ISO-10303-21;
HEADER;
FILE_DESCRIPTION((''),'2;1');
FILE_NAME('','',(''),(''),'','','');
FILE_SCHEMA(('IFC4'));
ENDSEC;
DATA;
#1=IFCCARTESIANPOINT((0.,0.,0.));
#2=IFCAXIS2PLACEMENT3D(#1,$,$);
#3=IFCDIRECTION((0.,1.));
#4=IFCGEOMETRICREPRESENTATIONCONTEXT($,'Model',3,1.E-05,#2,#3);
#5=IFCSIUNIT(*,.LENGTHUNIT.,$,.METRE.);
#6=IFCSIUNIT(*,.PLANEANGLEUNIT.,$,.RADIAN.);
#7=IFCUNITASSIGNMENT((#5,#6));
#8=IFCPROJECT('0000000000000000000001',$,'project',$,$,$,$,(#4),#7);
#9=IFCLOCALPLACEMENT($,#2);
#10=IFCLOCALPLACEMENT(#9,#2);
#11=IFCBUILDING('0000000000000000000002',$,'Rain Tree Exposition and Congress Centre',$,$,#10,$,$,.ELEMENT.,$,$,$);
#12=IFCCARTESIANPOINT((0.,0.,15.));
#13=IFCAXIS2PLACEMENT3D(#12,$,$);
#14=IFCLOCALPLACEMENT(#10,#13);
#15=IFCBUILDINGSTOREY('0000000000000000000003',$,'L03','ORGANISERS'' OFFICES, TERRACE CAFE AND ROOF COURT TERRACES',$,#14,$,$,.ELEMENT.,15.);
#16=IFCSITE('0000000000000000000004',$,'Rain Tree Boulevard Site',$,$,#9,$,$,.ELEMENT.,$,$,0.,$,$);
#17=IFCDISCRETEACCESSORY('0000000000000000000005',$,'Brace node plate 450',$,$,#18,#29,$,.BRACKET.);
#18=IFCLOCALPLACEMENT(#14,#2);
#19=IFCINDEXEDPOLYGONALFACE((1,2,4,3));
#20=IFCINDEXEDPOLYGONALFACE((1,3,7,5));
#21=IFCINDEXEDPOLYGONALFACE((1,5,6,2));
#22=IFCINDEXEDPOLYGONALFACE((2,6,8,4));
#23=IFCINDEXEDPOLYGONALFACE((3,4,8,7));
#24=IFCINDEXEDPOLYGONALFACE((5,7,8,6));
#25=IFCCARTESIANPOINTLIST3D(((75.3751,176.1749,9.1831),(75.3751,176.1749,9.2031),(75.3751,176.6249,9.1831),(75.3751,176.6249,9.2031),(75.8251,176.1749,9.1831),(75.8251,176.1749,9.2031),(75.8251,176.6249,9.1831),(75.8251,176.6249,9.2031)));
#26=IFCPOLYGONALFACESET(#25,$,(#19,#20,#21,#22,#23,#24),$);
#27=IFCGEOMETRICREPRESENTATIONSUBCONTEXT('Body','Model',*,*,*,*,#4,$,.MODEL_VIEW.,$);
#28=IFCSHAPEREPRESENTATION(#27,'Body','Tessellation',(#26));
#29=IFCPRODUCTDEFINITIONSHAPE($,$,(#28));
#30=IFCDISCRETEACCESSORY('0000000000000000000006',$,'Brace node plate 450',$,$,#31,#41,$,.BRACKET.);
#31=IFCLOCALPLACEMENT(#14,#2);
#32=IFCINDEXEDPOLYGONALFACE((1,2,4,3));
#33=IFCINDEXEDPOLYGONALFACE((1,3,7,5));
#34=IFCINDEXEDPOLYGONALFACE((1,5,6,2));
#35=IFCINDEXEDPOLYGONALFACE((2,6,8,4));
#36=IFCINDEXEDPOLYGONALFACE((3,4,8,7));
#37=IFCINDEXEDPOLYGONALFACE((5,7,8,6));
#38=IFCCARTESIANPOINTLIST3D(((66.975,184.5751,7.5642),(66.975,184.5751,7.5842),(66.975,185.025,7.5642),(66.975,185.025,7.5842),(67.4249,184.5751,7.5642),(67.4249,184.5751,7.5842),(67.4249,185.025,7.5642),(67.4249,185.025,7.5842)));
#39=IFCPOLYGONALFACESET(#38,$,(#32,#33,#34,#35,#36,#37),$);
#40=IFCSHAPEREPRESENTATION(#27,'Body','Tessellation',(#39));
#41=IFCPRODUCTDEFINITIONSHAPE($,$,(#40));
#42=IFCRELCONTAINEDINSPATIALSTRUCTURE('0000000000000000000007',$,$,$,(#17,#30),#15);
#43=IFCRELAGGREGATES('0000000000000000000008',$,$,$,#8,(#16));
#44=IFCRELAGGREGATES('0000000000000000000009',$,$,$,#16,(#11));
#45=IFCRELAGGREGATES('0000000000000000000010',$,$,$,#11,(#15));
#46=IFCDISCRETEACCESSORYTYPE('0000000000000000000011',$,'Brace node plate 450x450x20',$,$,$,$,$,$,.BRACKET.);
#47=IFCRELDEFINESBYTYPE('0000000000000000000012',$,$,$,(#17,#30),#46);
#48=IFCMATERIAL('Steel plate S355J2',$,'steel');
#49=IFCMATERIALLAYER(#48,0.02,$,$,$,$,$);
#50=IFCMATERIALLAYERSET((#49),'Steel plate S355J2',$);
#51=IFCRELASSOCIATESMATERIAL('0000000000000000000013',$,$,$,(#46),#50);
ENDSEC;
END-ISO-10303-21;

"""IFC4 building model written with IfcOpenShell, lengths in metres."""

from ifc_helpers import new_model, si_unit, direction, frame, origin, origin_2d, place, context, subcontext, project, spatial, rectangle, extrude, material, layer, layer_set, type_object, element, save


model = new_model("IFC4")

# Units and contexts
model_context = context("Model", 3, precision=1e-05, world=origin(), true_north=direction((0.0, 1.0)))
body_context = subcontext(model_context, "Body", "Model", "MODEL_VIEW")
ifc_project = project(units=[si_unit("LENGTHUNIT", "METRE"), si_unit("PLANEANGLEUNIT", "RADIAN")], contexts=[model_context])

# Site, building, storey
site_placement = place(None, origin())
site = spatial("IfcSite", under=ifc_project, at=site_placement, Name="Rain Tree Boulevard Site", CompositionType="ELEMENT", RefElevation=0.0)
building_placement = place(site_placement, origin())
building = spatial("IfcBuilding", under=site, at=building_placement, Name="Rain Tree Exposition and Congress Centre", CompositionType="ELEMENT")
storey_placement = place(building_placement, frame((0.0, 0.0, 15.0)))
storey = spatial("IfcBuildingStorey", under=building, at=storey_placement, Name="L03", Description="ORGANISERS' OFFICES, TERRACE CAFE AND ROOF COURT TERRACES", CompositionType="ELEMENT", Elevation=15.0)

# Discrete accessories
ifc_material_1 = material(Name="Steel plate S355J2", Category="steel")
ifc_layer_1 = layer(ifc_material_1, 0.02)
ifc_layer_set_1 = layer_set([ifc_layer_1], Name="Steel plate S355J2")
discrete_accessory_type_1 = type_object("IfcDiscreteAccessoryType", Name="Brace node plate 450x450x20", PredefinedType="BRACKET", material=ifc_layer_set_1)
for number, where, z_axis, x_axis, name in (
    (1, (75.6001, 176.3999, 9.1831), (0.0, 0.0, 1.0), (1.0, 0.0, 0.0), "Brace node plate 450"),
    (2, (67.2, 184.8, 7.5642), (0.0, 0.0, 1.0), (1.0, 0.0, 0.0), "Brace node plate 450"),
):
    element("IfcDiscreteAccessory", number, at=place(storey_placement, frame(where, z_axis=z_axis, x_axis=x_axis)), inside=storey, type_object=discrete_accessory_type_1, Name=name, PredefinedType="BRACKET", context=body_context, shape_type="SweptSolid", body=[
        extrude(rectangle(XDim=0.45, YDim=0.45, at=origin_2d()), origin(), (0.0, 0.0, 1.0), 0.02),
    ])

save(model, "model.ifc")
